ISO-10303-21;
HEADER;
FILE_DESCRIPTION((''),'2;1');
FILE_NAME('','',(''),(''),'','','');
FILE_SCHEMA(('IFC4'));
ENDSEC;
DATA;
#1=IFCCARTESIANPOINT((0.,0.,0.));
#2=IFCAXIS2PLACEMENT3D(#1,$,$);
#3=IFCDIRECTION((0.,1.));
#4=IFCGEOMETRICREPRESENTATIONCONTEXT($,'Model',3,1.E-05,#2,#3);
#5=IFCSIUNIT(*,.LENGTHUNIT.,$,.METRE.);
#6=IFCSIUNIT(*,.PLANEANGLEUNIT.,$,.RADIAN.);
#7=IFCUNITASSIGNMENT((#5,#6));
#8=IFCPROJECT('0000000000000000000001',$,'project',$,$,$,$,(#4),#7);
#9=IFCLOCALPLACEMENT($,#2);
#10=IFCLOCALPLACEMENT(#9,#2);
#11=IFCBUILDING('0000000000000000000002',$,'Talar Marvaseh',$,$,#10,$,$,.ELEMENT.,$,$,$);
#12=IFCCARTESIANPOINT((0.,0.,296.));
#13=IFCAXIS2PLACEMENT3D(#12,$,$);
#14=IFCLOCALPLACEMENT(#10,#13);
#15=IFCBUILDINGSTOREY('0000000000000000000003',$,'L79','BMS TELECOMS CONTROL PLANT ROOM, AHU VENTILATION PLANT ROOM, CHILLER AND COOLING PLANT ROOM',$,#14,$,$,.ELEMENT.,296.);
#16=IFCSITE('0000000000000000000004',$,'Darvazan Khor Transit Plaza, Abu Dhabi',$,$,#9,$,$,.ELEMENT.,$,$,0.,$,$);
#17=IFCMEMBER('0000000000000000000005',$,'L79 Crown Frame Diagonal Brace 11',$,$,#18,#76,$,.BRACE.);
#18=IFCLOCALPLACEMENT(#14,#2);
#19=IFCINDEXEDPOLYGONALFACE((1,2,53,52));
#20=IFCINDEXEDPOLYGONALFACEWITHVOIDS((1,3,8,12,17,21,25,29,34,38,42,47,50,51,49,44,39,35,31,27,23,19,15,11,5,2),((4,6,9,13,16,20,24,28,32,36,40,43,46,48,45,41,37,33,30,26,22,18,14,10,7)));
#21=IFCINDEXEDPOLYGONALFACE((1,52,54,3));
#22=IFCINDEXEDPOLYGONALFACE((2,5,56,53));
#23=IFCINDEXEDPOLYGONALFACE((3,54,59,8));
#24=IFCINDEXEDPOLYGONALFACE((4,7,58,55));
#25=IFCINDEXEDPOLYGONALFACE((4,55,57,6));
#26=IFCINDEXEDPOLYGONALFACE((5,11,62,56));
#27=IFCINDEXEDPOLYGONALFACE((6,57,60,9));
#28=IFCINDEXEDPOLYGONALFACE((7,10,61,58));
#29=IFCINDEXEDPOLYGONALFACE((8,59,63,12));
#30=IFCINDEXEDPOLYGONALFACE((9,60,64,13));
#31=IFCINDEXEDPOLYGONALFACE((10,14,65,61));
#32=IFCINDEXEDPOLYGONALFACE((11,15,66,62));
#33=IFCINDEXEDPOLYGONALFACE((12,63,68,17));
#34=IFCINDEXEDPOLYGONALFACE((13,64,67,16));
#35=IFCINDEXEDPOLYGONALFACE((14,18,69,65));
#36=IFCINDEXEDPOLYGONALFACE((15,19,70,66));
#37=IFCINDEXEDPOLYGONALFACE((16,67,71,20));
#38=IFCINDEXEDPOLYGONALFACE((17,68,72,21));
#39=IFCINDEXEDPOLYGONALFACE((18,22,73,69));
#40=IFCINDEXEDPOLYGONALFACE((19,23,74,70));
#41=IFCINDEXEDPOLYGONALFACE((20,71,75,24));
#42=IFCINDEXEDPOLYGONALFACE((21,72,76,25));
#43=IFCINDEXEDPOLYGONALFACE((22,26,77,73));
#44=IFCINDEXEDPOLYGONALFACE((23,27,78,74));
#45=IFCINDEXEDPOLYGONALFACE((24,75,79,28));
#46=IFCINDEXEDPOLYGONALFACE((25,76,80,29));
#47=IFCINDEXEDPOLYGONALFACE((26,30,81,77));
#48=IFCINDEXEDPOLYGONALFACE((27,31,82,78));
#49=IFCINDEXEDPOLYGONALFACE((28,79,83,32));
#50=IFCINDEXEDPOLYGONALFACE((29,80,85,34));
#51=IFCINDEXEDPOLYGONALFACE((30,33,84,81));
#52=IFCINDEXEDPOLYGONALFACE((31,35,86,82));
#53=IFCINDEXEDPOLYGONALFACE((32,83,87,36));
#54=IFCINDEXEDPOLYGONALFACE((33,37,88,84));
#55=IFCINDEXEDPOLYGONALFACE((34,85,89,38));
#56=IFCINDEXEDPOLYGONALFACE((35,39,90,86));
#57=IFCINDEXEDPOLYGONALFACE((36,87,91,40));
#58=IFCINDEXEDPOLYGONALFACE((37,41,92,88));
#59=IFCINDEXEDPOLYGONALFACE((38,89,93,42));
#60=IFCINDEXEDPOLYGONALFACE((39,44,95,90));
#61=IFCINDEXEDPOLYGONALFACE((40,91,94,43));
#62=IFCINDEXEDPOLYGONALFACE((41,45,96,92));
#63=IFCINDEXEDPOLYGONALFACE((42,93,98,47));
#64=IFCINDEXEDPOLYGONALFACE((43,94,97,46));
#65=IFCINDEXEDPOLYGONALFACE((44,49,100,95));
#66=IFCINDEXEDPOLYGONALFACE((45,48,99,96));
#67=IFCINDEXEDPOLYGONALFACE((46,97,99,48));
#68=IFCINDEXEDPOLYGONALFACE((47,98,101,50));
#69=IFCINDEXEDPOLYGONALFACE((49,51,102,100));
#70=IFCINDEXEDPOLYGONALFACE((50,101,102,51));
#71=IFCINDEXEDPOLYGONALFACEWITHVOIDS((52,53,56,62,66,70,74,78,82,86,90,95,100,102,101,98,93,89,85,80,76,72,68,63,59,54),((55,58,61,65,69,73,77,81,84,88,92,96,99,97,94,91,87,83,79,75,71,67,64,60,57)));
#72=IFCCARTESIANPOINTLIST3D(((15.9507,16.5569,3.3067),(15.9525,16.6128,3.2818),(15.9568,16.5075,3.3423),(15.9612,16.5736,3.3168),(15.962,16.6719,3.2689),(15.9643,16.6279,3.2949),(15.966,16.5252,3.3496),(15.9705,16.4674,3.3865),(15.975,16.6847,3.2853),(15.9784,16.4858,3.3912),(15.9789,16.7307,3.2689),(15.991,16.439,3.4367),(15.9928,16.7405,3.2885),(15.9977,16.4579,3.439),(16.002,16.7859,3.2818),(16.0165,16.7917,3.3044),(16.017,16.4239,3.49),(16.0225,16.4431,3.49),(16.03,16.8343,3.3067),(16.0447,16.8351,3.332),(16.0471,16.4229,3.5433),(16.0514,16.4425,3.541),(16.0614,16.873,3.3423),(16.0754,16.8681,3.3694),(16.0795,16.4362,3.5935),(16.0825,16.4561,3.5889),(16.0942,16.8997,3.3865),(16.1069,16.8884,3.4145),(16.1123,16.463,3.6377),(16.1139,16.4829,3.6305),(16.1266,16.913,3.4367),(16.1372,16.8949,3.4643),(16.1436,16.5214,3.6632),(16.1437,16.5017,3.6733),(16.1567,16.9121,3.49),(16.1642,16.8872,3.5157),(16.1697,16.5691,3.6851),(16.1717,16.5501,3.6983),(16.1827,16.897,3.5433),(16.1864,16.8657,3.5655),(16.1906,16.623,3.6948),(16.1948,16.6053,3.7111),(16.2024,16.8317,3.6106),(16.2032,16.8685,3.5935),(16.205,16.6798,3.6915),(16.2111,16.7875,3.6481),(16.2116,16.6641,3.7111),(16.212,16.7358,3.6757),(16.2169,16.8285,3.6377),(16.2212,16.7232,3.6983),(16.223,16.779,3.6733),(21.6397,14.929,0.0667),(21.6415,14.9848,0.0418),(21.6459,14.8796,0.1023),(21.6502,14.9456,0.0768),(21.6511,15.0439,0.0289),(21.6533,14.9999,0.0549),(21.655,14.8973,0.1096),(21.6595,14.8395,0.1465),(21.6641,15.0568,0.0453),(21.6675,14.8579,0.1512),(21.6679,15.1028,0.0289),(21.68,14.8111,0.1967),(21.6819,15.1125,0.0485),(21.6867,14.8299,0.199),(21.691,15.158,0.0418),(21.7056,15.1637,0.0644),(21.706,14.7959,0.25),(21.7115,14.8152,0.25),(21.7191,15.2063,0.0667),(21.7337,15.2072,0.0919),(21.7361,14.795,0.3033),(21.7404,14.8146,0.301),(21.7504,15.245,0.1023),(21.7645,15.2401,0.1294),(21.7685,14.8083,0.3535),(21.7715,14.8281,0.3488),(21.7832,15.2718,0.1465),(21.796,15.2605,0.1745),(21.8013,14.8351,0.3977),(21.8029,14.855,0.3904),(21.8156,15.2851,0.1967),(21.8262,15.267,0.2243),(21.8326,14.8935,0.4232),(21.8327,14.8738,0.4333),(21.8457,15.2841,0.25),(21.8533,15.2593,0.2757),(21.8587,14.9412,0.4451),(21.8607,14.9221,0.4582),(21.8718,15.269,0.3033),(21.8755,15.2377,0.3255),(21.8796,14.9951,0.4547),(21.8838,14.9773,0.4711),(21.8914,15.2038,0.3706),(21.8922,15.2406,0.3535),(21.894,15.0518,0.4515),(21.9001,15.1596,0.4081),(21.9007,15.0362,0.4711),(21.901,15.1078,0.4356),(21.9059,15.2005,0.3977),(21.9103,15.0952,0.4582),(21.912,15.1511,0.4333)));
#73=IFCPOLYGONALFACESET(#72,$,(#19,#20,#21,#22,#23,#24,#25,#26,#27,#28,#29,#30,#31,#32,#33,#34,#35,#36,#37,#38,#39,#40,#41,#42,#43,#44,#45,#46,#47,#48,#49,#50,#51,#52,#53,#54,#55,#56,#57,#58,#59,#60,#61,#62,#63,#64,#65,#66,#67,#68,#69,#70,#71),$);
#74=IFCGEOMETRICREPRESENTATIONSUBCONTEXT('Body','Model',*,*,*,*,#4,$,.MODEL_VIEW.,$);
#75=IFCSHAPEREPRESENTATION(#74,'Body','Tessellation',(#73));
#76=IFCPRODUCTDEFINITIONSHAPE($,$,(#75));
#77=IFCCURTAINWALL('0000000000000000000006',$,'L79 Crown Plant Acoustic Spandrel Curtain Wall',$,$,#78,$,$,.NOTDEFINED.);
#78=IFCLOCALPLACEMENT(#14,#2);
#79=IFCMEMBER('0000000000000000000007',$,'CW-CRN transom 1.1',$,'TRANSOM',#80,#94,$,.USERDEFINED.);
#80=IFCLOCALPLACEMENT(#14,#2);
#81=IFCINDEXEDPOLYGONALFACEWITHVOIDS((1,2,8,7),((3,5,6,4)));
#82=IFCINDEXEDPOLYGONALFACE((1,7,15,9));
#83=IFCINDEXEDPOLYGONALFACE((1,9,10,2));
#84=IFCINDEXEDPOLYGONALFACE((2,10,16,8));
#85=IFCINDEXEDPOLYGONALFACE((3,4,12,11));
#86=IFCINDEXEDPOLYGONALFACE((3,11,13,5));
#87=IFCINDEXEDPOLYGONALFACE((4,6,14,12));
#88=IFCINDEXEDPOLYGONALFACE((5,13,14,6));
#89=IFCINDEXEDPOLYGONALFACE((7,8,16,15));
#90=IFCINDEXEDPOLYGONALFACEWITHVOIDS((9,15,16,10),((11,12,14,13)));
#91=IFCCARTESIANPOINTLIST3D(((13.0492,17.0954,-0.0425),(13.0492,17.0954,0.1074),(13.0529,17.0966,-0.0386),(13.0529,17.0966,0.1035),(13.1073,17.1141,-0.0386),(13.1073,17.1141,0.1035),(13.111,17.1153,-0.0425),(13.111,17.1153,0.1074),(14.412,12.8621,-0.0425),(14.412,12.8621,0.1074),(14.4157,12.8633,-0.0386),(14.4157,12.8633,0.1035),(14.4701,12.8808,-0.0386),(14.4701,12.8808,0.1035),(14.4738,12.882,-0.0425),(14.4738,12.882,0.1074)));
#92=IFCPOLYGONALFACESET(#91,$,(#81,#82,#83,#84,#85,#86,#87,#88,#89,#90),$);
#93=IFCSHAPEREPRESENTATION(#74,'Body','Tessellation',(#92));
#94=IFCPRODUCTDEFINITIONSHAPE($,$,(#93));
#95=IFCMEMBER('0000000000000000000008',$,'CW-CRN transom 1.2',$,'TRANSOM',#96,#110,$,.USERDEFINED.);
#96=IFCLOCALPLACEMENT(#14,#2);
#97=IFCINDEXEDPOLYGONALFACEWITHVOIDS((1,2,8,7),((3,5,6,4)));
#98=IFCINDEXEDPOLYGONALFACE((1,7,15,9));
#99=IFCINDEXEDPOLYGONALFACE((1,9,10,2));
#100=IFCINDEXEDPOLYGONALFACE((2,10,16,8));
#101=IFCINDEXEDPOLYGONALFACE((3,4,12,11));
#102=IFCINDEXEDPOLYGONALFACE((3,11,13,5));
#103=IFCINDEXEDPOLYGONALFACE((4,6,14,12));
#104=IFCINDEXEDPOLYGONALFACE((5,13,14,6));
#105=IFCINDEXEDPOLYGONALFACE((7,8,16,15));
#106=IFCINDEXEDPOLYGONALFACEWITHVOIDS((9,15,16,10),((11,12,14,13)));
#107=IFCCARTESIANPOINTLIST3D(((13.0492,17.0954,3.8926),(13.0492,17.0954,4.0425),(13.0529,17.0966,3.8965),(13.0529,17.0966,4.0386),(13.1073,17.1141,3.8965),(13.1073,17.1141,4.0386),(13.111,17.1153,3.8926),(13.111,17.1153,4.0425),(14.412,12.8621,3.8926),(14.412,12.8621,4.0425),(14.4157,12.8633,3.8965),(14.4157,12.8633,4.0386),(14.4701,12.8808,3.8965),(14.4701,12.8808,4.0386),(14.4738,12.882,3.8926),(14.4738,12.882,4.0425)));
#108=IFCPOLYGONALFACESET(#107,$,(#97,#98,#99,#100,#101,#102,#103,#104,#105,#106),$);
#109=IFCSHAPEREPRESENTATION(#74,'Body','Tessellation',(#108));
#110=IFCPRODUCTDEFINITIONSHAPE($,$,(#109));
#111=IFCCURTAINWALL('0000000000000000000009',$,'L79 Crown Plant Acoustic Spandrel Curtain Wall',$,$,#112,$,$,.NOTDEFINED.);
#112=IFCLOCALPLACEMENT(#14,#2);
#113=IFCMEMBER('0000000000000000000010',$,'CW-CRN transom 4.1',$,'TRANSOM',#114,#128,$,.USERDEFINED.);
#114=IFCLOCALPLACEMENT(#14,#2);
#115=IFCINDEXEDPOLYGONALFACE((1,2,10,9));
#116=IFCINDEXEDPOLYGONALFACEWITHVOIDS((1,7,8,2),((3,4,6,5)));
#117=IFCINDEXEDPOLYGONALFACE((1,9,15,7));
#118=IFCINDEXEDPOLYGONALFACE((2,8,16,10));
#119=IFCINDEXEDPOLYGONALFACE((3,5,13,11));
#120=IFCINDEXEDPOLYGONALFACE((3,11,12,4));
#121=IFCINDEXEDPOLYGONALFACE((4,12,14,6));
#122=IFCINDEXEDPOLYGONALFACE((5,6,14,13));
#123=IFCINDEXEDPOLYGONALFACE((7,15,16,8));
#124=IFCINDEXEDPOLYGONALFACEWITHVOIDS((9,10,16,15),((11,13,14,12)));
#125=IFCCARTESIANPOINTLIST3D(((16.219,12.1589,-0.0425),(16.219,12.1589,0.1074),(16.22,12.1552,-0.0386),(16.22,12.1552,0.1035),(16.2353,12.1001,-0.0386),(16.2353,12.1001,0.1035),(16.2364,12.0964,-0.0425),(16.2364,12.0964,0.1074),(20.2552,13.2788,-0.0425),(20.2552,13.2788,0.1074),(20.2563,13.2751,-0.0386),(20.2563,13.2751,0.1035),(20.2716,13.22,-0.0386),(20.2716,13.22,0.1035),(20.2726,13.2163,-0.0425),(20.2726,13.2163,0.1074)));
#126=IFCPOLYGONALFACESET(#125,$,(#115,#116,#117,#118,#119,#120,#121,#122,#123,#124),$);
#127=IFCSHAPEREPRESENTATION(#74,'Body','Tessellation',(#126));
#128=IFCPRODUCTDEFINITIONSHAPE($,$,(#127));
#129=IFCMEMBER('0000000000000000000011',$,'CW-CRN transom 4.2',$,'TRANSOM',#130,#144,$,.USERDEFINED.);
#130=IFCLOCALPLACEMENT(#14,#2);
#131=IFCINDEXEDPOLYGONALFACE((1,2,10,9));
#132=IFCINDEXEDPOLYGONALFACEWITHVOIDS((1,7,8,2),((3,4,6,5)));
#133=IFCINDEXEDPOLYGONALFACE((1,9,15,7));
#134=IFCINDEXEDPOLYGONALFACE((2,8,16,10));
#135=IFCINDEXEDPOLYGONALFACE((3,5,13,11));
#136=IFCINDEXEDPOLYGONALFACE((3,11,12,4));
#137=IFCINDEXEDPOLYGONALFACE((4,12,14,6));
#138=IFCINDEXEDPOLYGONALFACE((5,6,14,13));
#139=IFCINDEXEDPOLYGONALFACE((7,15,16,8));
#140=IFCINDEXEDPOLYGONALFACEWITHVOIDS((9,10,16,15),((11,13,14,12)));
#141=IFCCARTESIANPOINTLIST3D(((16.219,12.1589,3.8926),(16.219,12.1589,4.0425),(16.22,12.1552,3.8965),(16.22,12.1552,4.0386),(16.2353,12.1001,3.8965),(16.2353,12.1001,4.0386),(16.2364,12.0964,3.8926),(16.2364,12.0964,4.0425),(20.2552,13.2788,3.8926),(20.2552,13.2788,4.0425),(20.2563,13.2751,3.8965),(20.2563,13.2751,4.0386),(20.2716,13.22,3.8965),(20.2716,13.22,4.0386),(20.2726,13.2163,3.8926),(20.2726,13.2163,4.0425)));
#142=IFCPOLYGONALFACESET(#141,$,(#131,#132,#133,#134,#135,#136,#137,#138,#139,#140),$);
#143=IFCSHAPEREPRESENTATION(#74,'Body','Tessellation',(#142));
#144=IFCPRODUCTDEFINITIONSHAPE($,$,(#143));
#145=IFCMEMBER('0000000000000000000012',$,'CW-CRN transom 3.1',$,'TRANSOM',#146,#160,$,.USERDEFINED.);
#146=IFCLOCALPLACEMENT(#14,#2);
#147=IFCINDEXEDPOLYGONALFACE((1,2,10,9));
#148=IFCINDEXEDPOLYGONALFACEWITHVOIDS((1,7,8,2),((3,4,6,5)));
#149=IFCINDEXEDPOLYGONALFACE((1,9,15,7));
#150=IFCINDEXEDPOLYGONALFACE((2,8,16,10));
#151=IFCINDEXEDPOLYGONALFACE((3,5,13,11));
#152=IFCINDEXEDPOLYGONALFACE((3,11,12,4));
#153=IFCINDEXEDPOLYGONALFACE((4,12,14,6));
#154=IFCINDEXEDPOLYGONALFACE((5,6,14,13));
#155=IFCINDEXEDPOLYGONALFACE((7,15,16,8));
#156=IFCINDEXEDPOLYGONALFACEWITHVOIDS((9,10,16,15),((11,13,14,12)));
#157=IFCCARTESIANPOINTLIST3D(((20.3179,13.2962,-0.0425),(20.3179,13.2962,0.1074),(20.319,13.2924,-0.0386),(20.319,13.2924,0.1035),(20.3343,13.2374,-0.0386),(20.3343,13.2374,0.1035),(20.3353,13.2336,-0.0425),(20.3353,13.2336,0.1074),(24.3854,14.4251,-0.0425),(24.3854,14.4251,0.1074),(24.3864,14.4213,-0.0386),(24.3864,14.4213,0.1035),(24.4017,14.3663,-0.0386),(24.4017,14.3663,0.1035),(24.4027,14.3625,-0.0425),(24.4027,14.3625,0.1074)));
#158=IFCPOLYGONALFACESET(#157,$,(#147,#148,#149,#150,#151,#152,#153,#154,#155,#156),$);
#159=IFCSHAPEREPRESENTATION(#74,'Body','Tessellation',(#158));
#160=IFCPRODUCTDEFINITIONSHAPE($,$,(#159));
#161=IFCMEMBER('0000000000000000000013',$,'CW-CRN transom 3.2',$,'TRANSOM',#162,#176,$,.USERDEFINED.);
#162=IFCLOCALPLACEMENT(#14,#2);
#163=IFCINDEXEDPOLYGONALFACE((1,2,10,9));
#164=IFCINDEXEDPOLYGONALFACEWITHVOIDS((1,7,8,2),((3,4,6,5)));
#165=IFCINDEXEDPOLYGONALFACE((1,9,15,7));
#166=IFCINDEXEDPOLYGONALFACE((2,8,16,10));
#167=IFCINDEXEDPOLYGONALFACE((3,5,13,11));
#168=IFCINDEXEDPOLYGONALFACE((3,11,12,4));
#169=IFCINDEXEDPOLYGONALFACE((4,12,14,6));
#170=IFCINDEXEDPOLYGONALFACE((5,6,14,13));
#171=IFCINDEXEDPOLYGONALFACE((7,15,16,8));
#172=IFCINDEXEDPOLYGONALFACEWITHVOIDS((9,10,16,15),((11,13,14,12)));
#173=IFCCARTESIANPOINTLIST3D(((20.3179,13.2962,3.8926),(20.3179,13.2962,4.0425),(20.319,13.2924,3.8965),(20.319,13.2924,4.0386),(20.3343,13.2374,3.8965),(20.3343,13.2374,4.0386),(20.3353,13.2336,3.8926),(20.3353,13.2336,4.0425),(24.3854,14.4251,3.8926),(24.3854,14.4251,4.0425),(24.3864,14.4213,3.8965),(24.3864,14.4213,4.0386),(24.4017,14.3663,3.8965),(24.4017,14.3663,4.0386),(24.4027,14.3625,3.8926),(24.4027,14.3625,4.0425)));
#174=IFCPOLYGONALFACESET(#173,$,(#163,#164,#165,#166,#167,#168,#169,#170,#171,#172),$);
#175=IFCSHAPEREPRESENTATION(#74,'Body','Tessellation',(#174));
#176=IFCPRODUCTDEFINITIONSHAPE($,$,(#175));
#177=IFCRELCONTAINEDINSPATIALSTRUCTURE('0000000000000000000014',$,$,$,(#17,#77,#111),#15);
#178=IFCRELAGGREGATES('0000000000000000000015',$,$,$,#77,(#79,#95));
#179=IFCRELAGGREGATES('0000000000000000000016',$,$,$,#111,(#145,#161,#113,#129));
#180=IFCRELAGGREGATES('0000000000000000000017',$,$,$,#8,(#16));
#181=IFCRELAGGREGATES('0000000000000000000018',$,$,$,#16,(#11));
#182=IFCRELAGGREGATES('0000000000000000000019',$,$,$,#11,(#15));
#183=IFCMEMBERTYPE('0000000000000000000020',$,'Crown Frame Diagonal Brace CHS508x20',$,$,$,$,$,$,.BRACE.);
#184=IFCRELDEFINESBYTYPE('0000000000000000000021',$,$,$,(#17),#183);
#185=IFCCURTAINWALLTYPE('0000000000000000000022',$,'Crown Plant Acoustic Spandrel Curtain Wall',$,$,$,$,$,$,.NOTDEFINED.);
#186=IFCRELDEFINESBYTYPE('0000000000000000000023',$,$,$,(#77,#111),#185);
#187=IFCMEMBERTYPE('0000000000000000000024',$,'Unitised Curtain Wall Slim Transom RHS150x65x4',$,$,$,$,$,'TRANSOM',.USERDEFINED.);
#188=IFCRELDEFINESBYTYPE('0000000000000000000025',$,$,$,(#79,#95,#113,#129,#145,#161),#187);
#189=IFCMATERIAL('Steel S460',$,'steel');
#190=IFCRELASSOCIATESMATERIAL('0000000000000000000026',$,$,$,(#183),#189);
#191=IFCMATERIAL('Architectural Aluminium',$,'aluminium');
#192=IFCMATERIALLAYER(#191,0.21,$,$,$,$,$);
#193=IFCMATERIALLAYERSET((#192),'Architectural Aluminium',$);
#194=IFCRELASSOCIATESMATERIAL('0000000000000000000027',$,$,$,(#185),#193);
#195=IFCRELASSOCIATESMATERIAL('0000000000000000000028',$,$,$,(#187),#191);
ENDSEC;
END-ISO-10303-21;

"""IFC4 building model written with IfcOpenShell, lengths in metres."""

from ifc_helpers import new_model, si_unit, direction, frame, origin, origin_2d, place, context, subcontext, project, spatial, hollow_rectangle, hollow_circle, extrude, source, transform, mapped, material, layer, layer_set, material_profile, profile_set, type_object, type_shapes, element, aggregate, save


model = new_model("IFC4")

# Units and contexts
model_context = context("Model", 3, precision=1e-05, world=origin(), true_north=direction((0.0, 1.0)))
body_context = subcontext(model_context, "Body", "Model", "MODEL_VIEW")
ifc_project = project(units=[si_unit("LENGTHUNIT", "METRE"), si_unit("PLANEANGLEUNIT", "RADIAN")], contexts=[model_context])

# Site, building, storey
site_placement = place(None, origin())
site = spatial("IfcSite", under=ifc_project, at=site_placement, Name="Darvazan Khor Transit Plaza, Abu Dhabi", CompositionType="ELEMENT", RefElevation=0.0)
building_placement = place(site_placement, origin())
building = spatial("IfcBuilding", under=site, at=building_placement, Name="Talar Marvaseh", CompositionType="ELEMENT")
storey_placement = place(building_placement, frame((0.0, 0.0, 296.0)))
storey = spatial("IfcBuildingStorey", under=building, at=storey_placement, Name="L79", Description="BMS TELECOMS CONTROL PLANT ROOM, AHU VENTILATION PLANT ROOM, CHILLER AND COOLING PLANT ROOM", CompositionType="ELEMENT", Elevation=296.0)

# Shared definitions
ifc_material_1 = material(Name="Steel S460", Category="steel")

# Member
ifc_material_profile_1 = material_profile(ifc_material_1, hollow_circle(Radius=0.2539, WallThickness=0.02, at=origin_2d()), Name="CHS508x20")
ifc_profile_set_1 = profile_set([ifc_material_profile_1], Name="Steel S460")
member_type_1 = type_object("IfcMemberType", Name="Crown Frame Diagonal Brace CHS508x20", PredefinedType="BRACE", material=ifc_profile_set_1)
shared_shape_1 = source(origin(), body_context, "Body", "SweptSolid", [
    extrude(hollow_circle(Radius=0.2539, WallThickness=0.02, at=origin_2d()), origin(), (0.0, 0.0, 1.0), 6.7463),
])
type_shapes(member_type_1, [shared_shape_1])
member_1_placement = place(storey_placement, frame((21.7759, 15.04, 0.25), z_axis=(-0.843277, 0.241309, 0.480265), x_axis=(-0.275113, -0.961412, 0.0)))
element("IfcMember", 1, at=member_1_placement, inside=storey, type_object=member_type_1, Name="L79 Crown Frame Diagonal Brace 11", PredefinedType="BRACE", context=body_context, shape_type="MappedRepresentation", body=[
    mapped(shared_shape_1, transform((0.0, 0.0, 0.0), x_axis=(1.0, 0.0, 0.0), y_axis=(0.0, 1.0, 0.0), z_axis=(0.0, 0.0, 1.0), scale=1.0)),
])

# Curtain walls, members
ifc_material_2 = material(Name="Architectural Aluminium", Category="aluminium")
ifc_layer_1 = layer(ifc_material_2, 0.21)
ifc_layer_set_1 = layer_set([ifc_layer_1], Name="Architectural Aluminium")
curtain_wall_type = type_object("IfcCurtainWallType", Name="Crown Plant Acoustic Spandrel Curtain Wall", PredefinedType="NOTDEFINED", material=ifc_layer_set_1)
curtain_wall_1_placement = place(storey_placement, origin())
curtain_wall_1 = element("IfcCurtainWall", 2, at=curtain_wall_1_placement, inside=storey, type_object=curtain_wall_type, Name="L79 Crown Plant Acoustic Spandrel Curtain Wall", PredefinedType="NOTDEFINED")
ifc_material_profile_2 = material_profile(ifc_material_2, hollow_rectangle(XDim=0.0649, YDim=0.1499, WallThickness=0.0039, at=origin_2d()), Name="RHS150x65x4")
ifc_profile_set_2 = profile_set([ifc_material_profile_2], Name="Architectural Aluminium")
member_type_2 = type_object("IfcMemberType", Name="Unitised Curtain Wall Slim Transom RHS150x65x4", ElementType="TRANSOM", PredefinedType="USERDEFINED", material=ifc_profile_set_2)
shared_shape_2 = source(origin(), body_context, "Body", "SweptSolid", [
    extrude(hollow_rectangle(XDim=0.0649, YDim=0.1499, WallThickness=0.0039, at=origin_2d()), origin(), (0.0, 0.0, 1.0), 4.4473),
])
member_2_placement = place(storey_placement, frame((14.4429, 12.8721, 0.0325), z_axis=(-0.306429, 0.951894, 0.0), x_axis=(-0.951894, -0.306429, 0.0)))
member_2 = element("IfcMember", 3, at=member_2_placement, type_object=member_type_2, Name="CW-CRN transom 1.1", ObjectType="TRANSOM", PredefinedType="USERDEFINED", context=body_context, shape_type="MappedRepresentation", body=[
    mapped(shared_shape_2, transform((0.0, 0.0, 0.0), x_axis=(1.0, 0.0, 0.0), y_axis=(0.0, 1.0, 0.0), z_axis=(0.0, 0.0, 1.0), scale=1.0)),
])
member_3_placement = place(storey_placement, frame((14.4429, 12.8721, 3.9675), z_axis=(-0.306429, 0.951894, 0.0), x_axis=(-0.951894, -0.306429, 0.0)))
member_3 = element("IfcMember", 4, at=member_3_placement, type_object=member_type_2, Name="CW-CRN transom 1.2", ObjectType="TRANSOM", PredefinedType="USERDEFINED", context=body_context, shape_type="MappedRepresentation", body=[
    mapped(shared_shape_2, transform((0.0, 0.0, 0.0), x_axis=(1.0, 0.0, 0.0), y_axis=(0.0, 1.0, 0.0), z_axis=(0.0, 0.0, 1.0), scale=1.0)),
])
curtain_wall_2_placement = place(storey_placement, origin())
curtain_wall_2 = element("IfcCurtainWall", 5, at=curtain_wall_2_placement, inside=storey, type_object=curtain_wall_type, Name="L79 Crown Plant Acoustic Spandrel Curtain Wall", PredefinedType="NOTDEFINED")
shared_shape_3 = source(origin(), body_context, "Body", "SweptSolid", [
    extrude(hollow_rectangle(XDim=0.0649, YDim=0.1499, WallThickness=0.0039, at=origin_2d()), origin(), (0.0, 0.0, 1.0), 4.1887),
])
member_4_placement = place(storey_placement, frame((20.2639, 13.2476, 0.0325), z_axis=(-0.963596, -0.267361, 0.0), x_axis=(0.267361, -0.963596, 0.0)))
member_4 = element("IfcMember", 6, at=member_4_placement, type_object=member_type_2, Name="CW-CRN transom 4.1", ObjectType="TRANSOM", PredefinedType="USERDEFINED", context=body_context, shape_type="MappedRepresentation", body=[
    mapped(shared_shape_3, transform((0.0, 0.0, 0.0), x_axis=(1.0, 0.0, 0.0), y_axis=(0.0, 1.0, 0.0), z_axis=(0.0, 0.0, 1.0), scale=1.0)),
])
member_5_placement = place(storey_placement, frame((20.2639, 13.2476, 3.9675), z_axis=(-0.963596, -0.267361, 0.0), x_axis=(0.267361, -0.963596, 0.0)))
member_5 = element("IfcMember", 7, at=member_5_placement, type_object=member_type_2, Name="CW-CRN transom 4.2", ObjectType="TRANSOM", PredefinedType="USERDEFINED", context=body_context, shape_type="MappedRepresentation", body=[
    mapped(shared_shape_3, transform((0.0, 0.0, 0.0), x_axis=(1.0, 0.0, 0.0), y_axis=(0.0, 1.0, 0.0), z_axis=(0.0, 0.0, 1.0), scale=1.0)),
])
shared_shape_4 = source(origin(), body_context, "Body", "SweptSolid", [
    extrude(hollow_rectangle(XDim=0.0649, YDim=0.1499, WallThickness=0.0039, at=origin_2d()), origin(), (0.0, 0.0, 1.0), 4.2212),
])
type_shapes(member_type_2, [shared_shape_2, shared_shape_3, shared_shape_4])
member_6_placement = place(storey_placement, frame((24.394, 14.3938, 0.0325), z_axis=(-0.963574, -0.267441, 0.0), x_axis=(0.267441, -0.963574, 0.0)))
member_6 = element("IfcMember", 8, at=member_6_placement, type_object=member_type_2, Name="CW-CRN transom 3.1", ObjectType="TRANSOM", PredefinedType="USERDEFINED", context=body_context, shape_type="MappedRepresentation", body=[
    mapped(shared_shape_4, transform((0.0, 0.0, 0.0), x_axis=(1.0, 0.0, 0.0), y_axis=(0.0, 1.0, 0.0), z_axis=(0.0, 0.0, 1.0), scale=1.0)),
])
member_7_placement = place(storey_placement, frame((24.394, 14.3938, 3.9675), z_axis=(-0.963574, -0.267441, 0.0), x_axis=(0.267441, -0.963574, 0.0)))
member_7 = element("IfcMember", 9, at=member_7_placement, type_object=member_type_2, Name="CW-CRN transom 3.2", ObjectType="TRANSOM", PredefinedType="USERDEFINED", context=body_context, shape_type="MappedRepresentation", body=[
    mapped(shared_shape_4, transform((0.0, 0.0, 0.0), x_axis=(1.0, 0.0, 0.0), y_axis=(0.0, 1.0, 0.0), z_axis=(0.0, 0.0, 1.0), scale=1.0)),
])

aggregate(curtain_wall_1, [member_2, member_3])
aggregate(curtain_wall_2, [member_6, member_7, member_4, member_5])

save(model, "model.ifc")
